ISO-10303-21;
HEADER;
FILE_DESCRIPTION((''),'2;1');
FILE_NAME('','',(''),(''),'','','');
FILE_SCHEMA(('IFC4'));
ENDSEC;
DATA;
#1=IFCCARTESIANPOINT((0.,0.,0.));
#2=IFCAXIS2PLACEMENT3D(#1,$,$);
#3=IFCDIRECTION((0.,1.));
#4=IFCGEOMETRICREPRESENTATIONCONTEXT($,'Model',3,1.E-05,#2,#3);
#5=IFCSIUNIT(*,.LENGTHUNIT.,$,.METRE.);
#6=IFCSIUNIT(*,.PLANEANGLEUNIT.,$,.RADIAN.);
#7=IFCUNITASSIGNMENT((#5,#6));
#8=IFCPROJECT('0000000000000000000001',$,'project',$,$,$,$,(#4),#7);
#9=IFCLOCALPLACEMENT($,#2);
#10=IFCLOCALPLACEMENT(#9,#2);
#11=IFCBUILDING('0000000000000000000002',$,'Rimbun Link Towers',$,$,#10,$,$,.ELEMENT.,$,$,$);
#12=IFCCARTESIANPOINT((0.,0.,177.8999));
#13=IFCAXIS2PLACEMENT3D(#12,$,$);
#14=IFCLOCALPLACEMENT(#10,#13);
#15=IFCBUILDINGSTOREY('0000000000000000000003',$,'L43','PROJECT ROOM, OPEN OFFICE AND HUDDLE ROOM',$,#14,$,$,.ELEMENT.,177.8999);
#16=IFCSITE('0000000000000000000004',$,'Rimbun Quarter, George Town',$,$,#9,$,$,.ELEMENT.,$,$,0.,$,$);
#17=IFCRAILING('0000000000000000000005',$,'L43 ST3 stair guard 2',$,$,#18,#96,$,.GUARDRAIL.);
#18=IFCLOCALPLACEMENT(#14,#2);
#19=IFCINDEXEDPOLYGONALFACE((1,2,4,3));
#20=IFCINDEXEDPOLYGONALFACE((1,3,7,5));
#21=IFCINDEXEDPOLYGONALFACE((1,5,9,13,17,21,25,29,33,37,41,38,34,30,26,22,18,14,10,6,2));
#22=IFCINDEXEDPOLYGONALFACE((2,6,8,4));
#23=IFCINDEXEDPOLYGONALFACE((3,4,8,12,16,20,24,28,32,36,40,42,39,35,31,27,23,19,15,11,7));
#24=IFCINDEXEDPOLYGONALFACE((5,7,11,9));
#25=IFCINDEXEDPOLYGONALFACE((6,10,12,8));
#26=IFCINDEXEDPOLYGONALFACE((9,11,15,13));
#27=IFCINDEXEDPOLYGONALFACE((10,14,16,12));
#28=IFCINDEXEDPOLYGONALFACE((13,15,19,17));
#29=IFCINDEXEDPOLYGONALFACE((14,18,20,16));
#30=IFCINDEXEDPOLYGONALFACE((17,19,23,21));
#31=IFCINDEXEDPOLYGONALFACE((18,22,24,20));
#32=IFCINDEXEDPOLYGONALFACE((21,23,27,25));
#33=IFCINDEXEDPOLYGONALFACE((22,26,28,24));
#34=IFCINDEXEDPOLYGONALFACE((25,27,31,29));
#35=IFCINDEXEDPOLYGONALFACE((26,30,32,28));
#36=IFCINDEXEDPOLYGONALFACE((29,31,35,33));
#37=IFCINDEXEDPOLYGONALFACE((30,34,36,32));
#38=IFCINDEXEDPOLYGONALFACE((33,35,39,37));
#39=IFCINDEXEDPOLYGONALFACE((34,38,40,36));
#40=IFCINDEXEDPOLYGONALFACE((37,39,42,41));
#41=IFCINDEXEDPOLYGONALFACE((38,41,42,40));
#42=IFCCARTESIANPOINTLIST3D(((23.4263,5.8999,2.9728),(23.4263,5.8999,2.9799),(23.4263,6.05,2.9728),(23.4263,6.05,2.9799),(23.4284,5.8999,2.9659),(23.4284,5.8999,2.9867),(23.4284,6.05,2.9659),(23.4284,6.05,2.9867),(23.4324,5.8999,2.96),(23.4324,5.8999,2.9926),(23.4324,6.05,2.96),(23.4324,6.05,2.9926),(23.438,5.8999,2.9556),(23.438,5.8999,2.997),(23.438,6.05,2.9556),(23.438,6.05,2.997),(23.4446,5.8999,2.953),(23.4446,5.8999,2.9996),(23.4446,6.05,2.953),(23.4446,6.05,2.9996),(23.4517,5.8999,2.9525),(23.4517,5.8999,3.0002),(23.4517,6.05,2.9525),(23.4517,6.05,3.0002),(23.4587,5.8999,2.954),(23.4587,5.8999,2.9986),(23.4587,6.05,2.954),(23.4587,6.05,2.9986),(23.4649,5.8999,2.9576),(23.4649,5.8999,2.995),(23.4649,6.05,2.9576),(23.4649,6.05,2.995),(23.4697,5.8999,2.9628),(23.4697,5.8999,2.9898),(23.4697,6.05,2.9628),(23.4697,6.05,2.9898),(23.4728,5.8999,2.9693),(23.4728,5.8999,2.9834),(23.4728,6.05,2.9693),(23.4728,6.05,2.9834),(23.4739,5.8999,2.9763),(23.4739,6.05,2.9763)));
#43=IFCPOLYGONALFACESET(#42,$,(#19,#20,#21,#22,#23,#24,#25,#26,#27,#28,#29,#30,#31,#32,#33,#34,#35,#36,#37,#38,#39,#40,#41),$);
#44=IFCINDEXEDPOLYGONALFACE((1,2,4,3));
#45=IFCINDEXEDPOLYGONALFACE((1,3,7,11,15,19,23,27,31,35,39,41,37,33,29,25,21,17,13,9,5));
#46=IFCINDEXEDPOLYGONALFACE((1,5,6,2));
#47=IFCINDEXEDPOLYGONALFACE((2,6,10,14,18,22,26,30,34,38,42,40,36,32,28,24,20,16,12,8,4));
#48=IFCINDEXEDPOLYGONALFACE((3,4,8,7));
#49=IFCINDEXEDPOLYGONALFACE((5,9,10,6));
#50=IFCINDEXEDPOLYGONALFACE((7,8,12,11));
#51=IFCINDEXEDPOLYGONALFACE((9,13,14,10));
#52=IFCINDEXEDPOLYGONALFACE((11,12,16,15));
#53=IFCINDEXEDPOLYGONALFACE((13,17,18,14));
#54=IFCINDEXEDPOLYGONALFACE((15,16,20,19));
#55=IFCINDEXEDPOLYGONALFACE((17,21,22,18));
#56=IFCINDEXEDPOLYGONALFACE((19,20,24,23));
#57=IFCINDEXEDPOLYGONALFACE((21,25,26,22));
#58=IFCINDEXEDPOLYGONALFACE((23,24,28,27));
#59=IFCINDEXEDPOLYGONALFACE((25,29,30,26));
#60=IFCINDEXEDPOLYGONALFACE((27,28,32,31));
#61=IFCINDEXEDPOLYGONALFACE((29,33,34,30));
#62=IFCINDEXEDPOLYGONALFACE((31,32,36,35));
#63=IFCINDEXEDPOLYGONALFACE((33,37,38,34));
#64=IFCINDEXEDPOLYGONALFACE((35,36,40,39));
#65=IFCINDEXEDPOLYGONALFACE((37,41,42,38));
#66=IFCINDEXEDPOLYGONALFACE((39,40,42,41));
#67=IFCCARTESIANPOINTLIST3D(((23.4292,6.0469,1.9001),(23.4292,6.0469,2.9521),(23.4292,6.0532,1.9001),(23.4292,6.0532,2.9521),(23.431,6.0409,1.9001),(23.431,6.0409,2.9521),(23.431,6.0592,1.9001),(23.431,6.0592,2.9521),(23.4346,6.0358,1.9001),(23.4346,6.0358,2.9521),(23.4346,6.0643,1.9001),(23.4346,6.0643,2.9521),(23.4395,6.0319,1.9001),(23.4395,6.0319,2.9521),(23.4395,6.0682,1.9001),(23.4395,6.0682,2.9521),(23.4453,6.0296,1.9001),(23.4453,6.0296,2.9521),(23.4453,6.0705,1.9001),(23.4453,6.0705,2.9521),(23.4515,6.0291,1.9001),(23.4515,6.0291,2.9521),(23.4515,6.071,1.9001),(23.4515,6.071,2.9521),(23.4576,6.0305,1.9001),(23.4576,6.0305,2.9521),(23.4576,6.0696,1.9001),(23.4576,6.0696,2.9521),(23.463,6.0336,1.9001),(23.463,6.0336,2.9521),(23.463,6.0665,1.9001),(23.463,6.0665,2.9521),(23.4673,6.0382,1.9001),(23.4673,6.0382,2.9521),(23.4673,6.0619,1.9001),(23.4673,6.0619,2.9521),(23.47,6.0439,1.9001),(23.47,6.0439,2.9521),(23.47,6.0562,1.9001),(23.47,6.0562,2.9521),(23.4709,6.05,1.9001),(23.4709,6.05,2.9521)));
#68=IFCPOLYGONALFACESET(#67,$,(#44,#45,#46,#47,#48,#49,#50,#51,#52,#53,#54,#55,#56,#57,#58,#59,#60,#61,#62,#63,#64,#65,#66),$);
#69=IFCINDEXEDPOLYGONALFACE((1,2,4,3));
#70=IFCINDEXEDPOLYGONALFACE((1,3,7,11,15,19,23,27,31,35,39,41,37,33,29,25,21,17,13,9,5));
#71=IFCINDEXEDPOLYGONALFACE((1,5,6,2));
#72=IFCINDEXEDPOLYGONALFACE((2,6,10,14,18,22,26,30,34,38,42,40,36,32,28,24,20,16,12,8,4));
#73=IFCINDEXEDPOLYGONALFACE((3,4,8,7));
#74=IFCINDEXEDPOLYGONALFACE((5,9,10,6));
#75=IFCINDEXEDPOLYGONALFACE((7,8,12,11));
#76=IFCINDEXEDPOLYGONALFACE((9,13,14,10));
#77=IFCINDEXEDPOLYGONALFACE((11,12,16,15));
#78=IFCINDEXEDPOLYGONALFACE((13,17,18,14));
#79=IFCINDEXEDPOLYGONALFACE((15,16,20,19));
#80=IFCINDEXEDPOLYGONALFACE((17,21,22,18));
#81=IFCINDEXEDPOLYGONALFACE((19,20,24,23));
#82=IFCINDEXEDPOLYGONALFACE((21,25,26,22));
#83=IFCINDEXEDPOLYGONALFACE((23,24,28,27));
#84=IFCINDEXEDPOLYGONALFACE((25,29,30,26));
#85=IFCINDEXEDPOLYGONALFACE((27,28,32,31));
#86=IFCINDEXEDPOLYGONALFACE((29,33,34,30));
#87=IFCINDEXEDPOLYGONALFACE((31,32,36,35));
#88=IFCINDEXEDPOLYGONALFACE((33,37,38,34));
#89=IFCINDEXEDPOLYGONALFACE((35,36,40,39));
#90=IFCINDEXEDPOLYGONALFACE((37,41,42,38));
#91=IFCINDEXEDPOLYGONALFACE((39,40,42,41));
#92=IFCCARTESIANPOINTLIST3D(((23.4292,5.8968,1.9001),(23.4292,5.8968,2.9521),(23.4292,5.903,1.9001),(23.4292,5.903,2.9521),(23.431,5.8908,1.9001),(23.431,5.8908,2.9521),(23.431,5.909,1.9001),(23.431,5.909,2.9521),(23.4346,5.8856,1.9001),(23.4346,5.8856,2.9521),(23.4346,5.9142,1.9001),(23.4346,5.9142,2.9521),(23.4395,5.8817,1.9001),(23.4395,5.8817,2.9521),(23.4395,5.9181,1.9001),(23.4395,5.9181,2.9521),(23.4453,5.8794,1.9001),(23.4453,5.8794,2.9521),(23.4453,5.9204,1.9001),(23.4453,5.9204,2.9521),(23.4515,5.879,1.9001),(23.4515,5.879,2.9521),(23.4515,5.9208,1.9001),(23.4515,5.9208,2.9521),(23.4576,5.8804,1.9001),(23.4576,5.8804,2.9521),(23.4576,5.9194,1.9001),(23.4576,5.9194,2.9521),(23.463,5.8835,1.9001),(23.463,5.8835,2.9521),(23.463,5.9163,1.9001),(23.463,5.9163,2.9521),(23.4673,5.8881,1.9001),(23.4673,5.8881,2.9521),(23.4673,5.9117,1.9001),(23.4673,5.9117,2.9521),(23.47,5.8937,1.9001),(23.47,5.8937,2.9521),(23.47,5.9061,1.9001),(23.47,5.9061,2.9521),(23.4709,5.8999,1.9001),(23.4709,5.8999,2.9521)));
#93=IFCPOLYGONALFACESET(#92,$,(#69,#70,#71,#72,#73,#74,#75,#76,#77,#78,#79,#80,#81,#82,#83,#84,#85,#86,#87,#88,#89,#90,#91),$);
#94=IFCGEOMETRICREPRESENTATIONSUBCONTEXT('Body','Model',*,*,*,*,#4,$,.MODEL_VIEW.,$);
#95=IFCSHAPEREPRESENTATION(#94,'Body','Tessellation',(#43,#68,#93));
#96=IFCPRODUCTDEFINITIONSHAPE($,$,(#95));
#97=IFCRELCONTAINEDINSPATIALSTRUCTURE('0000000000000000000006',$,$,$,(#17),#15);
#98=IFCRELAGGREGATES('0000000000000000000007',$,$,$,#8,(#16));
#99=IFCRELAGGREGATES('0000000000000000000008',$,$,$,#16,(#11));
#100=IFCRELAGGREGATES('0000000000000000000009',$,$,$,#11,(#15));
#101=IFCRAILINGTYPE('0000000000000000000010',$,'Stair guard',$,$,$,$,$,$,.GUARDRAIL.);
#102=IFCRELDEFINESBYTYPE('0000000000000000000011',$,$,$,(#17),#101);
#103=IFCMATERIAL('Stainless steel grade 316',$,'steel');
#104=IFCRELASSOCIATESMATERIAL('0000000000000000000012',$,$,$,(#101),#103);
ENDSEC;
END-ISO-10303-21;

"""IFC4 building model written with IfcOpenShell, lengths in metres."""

from ifc_helpers import new_model, si_unit, direction, frame, origin, origin_2d, place, context, subcontext, project, spatial, circle, extrude, material, type_object, element, save


model = new_model("IFC4")

# Units and contexts
model_context = context("Model", 3, precision=1e-05, world=origin(), true_north=direction((0.0, 1.0)))
body_context = subcontext(model_context, "Body", "Model", "MODEL_VIEW")
ifc_project = project(units=[si_unit("LENGTHUNIT", "METRE"), si_unit("PLANEANGLEUNIT", "RADIAN")], contexts=[model_context])

# Site, building, storey
site_placement = place(None, origin())
site = spatial("IfcSite", under=ifc_project, at=site_placement, Name="Rimbun Quarter, George Town", CompositionType="ELEMENT", RefElevation=0.0)
building_placement = place(site_placement, origin())
building = spatial("IfcBuilding", under=site, at=building_placement, Name="Rimbun Link Towers", CompositionType="ELEMENT")
storey_placement = place(building_placement, frame((0.0, 0.0, 177.8999)))
storey = spatial("IfcBuildingStorey", under=building, at=storey_placement, Name="L43", Description="PROJECT ROOM, OPEN OFFICE AND HUDDLE ROOM", CompositionType="ELEMENT", Elevation=177.8999)

# Railing
ifc_material_1 = material(Name="Stainless steel grade 316", Category="steel")
railing_type_1 = type_object("IfcRailingType", Name="Stair guard", PredefinedType="GUARDRAIL", material=ifc_material_1)
railing_1_placement = place(storey_placement, frame((23.45, 6.05, 1.9001)))
element("IfcRailing", 1, at=railing_1_placement, inside=storey, type_object=railing_type_1, Name="L43 ST3 stair guard 2", PredefinedType="GUARDRAIL", context=body_context, shape_type="SweptSolid", body=[
    extrude(circle(Radius=0.0239, at=origin_2d()), frame((0.0, 0.0, 1.0762), z_axis=(0.0, -1.0, 0.0), x_axis=(1.0, 0.0, 0.0)), (0.0, 0.0, 1.0), 0.1501),
    extrude(circle(Radius=0.021, at=origin_2d()), origin(), (0.0, 0.0, 1.0), 1.052),
    extrude(circle(Radius=0.021, at=origin_2d()), frame((0.0, -0.1501, 0.0)), (0.0, 0.0, 1.0), 1.052),
])

save(model, "model.ifc")
